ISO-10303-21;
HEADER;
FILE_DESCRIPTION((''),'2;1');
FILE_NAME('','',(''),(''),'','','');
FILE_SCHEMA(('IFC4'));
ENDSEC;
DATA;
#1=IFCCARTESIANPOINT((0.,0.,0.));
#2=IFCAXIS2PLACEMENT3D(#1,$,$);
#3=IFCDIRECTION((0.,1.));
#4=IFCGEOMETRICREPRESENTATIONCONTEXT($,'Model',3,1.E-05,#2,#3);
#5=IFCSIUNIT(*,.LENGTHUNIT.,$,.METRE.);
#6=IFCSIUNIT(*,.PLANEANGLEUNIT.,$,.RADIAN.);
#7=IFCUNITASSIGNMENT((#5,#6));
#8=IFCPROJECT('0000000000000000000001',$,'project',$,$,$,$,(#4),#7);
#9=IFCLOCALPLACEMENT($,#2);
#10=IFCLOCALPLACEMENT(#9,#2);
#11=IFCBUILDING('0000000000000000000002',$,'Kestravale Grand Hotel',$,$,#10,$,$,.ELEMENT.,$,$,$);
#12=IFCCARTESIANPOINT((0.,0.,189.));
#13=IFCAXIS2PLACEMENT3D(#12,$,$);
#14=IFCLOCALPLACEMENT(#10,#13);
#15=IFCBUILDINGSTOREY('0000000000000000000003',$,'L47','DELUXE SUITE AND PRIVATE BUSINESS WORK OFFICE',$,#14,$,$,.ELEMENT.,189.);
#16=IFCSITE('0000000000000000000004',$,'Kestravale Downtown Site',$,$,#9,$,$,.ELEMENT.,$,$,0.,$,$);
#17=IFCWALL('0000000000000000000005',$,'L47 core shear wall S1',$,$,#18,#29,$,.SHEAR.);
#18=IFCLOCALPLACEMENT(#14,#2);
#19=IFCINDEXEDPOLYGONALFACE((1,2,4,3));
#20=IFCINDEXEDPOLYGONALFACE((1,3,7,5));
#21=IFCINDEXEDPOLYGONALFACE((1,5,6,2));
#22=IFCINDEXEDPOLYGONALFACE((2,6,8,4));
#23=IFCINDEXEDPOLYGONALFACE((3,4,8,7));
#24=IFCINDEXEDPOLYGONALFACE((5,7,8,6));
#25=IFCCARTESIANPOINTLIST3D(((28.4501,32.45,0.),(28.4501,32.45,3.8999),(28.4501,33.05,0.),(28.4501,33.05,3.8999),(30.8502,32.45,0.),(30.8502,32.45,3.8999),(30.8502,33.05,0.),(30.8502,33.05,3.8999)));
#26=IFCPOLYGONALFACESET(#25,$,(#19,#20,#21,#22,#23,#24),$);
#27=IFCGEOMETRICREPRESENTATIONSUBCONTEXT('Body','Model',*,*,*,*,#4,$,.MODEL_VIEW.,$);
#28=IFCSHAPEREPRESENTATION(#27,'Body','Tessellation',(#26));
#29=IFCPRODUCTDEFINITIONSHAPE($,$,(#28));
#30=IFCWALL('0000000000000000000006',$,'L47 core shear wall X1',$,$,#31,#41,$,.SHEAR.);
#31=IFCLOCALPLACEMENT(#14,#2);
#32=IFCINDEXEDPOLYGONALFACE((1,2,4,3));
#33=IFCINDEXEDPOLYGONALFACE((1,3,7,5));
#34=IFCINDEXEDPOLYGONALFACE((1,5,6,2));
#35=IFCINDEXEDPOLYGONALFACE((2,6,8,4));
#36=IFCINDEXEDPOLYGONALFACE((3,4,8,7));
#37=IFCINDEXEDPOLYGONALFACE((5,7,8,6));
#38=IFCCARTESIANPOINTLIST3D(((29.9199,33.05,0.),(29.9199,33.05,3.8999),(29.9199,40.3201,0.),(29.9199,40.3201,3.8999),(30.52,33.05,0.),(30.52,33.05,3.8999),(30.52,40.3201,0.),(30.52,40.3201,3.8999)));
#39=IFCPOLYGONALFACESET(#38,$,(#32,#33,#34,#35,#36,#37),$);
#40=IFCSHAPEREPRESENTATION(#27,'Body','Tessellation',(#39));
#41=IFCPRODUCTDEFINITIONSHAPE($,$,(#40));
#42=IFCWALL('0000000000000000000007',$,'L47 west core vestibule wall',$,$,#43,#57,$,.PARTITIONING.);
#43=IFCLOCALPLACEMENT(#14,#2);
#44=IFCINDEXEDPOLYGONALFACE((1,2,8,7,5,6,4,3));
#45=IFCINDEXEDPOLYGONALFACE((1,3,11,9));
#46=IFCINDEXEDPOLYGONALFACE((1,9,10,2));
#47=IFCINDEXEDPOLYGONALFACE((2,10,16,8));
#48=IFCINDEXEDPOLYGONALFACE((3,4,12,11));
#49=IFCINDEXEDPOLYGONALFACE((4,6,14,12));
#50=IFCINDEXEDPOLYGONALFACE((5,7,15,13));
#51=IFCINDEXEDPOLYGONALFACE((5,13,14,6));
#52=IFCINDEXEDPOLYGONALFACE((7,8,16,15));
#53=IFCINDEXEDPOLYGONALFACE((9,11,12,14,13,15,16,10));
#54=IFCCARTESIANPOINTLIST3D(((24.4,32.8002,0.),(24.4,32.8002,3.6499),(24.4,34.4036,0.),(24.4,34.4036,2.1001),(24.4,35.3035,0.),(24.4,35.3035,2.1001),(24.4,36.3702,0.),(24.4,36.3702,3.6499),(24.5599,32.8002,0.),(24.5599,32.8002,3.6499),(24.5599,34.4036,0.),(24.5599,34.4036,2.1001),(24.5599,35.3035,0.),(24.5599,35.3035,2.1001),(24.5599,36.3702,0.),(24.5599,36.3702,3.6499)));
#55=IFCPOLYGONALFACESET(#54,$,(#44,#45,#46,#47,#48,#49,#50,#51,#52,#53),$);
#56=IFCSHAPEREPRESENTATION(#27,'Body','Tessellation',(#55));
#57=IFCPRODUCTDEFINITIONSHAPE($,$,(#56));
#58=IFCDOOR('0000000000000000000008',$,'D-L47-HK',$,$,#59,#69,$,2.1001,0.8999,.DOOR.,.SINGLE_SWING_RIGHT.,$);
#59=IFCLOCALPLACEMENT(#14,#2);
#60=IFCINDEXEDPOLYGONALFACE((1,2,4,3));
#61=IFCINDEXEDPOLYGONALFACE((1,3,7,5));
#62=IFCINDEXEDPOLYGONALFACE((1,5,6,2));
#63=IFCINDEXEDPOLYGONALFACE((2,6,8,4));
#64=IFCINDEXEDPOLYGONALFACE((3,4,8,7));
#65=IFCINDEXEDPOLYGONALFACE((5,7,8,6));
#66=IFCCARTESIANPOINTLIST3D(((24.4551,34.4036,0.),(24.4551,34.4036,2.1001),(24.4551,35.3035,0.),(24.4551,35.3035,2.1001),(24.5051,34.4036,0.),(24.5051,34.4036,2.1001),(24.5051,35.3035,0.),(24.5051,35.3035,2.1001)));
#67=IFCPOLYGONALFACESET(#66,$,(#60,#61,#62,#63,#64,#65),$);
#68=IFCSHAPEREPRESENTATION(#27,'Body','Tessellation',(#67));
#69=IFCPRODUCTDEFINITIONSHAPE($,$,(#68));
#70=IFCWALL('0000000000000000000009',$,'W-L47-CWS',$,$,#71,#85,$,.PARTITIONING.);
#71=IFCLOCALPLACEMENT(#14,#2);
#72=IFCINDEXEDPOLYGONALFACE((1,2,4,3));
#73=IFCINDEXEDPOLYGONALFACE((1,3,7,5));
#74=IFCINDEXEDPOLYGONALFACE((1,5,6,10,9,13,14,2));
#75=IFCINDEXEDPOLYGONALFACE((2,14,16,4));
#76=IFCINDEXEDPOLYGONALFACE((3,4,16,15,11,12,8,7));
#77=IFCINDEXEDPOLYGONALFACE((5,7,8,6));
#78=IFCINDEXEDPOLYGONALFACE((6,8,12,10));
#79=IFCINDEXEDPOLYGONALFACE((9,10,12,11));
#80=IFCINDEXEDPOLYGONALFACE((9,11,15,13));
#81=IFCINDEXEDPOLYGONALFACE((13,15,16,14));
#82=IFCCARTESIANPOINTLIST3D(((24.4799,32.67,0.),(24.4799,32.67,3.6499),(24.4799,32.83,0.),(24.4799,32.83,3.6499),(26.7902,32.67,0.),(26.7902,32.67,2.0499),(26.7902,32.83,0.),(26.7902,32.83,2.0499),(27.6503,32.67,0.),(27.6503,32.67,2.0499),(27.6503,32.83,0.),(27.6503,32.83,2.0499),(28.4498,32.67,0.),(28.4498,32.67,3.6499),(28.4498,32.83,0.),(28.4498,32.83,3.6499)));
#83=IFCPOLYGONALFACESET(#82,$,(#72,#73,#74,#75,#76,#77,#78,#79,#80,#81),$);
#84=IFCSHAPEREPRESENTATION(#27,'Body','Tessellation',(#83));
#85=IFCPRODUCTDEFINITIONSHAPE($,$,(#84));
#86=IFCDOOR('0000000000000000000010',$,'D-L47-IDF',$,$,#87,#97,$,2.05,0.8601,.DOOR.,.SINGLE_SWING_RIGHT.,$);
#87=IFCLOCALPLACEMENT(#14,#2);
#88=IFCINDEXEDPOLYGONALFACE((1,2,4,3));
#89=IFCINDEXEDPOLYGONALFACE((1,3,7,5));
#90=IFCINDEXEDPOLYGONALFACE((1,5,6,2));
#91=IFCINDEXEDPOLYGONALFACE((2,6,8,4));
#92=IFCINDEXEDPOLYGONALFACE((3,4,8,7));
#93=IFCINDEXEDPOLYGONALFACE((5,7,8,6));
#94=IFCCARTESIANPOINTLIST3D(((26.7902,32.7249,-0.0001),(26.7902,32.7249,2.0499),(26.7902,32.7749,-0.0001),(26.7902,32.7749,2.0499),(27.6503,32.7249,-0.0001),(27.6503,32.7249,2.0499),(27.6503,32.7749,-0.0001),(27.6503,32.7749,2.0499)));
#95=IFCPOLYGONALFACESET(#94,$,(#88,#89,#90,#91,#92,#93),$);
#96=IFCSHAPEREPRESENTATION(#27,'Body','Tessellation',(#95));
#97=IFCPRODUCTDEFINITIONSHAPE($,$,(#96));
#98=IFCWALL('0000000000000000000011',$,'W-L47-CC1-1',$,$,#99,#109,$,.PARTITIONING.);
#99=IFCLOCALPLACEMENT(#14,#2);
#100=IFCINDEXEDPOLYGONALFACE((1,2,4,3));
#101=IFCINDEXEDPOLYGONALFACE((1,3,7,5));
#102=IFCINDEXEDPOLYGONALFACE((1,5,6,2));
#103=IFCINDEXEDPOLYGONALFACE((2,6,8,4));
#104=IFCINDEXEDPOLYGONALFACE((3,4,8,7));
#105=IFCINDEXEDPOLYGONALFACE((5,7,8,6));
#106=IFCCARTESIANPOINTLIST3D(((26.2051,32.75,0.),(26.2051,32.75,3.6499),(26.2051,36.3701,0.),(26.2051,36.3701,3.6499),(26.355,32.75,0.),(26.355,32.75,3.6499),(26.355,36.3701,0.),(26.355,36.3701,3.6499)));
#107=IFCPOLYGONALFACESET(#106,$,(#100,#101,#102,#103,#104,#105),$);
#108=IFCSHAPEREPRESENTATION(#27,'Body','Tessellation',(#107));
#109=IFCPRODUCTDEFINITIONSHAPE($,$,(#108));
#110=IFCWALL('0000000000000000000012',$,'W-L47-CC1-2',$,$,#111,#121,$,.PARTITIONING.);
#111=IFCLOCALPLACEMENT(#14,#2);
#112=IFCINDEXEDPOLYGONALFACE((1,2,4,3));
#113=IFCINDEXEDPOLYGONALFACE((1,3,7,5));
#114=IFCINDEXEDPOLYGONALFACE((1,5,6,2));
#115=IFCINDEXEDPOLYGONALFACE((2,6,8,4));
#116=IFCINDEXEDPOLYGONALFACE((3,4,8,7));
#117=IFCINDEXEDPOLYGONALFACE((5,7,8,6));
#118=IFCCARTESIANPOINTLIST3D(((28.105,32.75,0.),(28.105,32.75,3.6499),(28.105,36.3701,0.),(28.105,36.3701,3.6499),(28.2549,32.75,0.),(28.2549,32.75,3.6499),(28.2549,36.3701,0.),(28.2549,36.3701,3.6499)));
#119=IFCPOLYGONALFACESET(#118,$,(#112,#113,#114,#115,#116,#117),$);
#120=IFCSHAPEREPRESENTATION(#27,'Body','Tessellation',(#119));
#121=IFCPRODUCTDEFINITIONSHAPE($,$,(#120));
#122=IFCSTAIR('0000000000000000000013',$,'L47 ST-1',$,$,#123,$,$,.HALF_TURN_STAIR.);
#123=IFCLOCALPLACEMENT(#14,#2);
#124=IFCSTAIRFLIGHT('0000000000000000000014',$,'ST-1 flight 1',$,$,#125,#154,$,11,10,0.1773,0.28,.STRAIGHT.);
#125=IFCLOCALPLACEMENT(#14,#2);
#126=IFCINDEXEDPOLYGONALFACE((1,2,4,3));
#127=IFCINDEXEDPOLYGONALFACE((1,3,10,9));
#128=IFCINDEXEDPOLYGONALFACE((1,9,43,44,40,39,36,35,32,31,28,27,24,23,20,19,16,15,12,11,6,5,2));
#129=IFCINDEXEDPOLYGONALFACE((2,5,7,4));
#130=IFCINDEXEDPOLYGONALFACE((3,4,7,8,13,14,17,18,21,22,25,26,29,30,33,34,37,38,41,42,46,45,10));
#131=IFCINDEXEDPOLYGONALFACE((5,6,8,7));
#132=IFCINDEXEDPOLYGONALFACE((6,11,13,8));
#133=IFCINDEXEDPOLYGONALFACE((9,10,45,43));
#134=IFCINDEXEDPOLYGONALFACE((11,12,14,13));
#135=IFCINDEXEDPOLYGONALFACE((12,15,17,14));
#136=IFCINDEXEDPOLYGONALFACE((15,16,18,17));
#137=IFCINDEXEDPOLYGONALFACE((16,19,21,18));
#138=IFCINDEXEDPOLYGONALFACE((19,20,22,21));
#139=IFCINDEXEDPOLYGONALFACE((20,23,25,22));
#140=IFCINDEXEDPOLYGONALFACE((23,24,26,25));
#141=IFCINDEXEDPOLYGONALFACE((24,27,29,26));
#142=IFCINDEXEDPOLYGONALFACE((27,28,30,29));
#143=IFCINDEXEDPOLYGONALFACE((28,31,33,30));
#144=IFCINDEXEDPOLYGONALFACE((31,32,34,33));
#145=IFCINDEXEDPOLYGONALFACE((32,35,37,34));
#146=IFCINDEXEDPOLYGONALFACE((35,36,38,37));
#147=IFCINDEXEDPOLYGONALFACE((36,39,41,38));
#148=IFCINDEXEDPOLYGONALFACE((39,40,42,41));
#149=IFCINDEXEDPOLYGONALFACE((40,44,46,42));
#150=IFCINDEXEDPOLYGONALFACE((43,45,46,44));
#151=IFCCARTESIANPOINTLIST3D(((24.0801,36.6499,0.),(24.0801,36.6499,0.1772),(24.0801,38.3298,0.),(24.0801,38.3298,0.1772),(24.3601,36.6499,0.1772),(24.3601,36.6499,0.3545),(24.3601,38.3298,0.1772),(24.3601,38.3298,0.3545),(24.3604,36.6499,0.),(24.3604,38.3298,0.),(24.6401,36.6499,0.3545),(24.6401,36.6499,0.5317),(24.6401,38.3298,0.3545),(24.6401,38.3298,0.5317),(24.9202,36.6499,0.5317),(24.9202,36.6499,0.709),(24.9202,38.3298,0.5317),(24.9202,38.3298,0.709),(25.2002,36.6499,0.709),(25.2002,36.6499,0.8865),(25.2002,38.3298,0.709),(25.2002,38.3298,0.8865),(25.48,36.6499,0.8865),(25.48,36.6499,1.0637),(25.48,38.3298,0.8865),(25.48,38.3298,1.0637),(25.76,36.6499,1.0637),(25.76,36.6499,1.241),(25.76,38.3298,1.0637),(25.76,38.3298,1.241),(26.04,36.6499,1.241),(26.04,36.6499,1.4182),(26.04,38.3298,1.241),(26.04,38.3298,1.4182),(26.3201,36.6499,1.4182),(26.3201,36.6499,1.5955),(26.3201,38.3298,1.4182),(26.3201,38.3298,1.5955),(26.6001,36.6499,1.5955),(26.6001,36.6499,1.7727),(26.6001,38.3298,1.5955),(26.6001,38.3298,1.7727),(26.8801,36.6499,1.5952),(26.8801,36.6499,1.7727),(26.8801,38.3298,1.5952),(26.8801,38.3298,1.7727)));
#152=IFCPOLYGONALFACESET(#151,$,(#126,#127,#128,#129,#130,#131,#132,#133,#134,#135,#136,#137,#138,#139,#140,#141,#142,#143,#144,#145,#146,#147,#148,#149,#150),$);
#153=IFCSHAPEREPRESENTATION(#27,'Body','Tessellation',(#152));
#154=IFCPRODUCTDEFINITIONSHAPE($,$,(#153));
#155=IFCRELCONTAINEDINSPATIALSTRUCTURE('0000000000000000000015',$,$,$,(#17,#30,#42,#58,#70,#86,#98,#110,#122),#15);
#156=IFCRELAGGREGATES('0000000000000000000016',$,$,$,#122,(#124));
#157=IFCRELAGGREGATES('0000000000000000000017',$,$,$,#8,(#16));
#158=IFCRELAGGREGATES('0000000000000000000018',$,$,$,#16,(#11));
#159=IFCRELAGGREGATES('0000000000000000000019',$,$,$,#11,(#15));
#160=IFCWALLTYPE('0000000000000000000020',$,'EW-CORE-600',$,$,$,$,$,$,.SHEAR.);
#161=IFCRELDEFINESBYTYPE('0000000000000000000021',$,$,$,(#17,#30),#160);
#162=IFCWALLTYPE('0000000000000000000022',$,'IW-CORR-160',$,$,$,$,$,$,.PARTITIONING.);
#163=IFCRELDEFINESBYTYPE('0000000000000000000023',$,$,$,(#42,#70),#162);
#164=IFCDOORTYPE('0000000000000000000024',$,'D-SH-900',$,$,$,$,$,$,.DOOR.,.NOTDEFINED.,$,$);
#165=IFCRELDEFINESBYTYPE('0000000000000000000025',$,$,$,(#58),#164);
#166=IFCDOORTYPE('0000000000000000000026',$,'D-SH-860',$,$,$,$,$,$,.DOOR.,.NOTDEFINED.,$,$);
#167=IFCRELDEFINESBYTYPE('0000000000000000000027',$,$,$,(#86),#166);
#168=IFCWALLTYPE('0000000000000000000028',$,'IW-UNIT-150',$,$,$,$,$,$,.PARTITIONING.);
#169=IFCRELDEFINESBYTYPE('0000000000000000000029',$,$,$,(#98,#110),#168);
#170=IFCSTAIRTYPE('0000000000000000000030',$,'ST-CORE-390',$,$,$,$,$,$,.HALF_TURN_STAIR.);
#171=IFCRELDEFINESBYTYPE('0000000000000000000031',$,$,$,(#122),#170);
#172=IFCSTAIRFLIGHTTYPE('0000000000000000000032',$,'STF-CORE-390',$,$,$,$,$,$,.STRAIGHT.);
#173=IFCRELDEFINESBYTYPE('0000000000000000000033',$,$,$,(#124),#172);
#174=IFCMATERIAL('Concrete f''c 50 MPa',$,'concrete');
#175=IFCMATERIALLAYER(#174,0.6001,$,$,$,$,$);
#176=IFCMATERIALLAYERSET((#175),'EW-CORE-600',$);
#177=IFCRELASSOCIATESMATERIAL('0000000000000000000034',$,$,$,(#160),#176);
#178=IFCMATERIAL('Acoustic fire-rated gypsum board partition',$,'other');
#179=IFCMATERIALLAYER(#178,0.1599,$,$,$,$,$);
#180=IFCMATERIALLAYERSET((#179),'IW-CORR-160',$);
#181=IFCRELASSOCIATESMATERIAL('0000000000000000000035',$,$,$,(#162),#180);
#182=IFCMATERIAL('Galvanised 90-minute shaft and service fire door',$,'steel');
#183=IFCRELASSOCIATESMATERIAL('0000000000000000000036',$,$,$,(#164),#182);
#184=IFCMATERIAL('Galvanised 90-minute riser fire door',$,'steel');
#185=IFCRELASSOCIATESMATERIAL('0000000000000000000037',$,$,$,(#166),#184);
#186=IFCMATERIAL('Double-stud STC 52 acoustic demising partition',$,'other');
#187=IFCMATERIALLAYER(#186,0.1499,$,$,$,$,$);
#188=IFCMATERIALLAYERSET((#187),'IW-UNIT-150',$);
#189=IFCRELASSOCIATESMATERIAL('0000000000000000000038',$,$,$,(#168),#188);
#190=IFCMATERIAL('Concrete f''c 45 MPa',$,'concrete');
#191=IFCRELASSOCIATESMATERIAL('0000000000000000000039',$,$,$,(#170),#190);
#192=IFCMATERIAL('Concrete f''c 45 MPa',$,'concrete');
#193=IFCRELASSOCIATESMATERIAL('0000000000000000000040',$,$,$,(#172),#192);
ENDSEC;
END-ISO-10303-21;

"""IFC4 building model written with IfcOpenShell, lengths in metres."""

from ifc_helpers import new_model, si_unit, direction, frame, frame_2d, origin, place, context, subcontext, project, spatial, polyline, rectangle, outline, extrude, material, layer, layer_set, type_object, element, fill, aggregate, save


model = new_model("IFC4")

# Units and contexts
model_context = context("Model", 3, precision=1e-05, world=origin(), true_north=direction((0.0, 1.0)))
body_context = subcontext(model_context, "Body", "Model", "MODEL_VIEW")
ifc_project = project(units=[si_unit("LENGTHUNIT", "METRE"), si_unit("PLANEANGLEUNIT", "RADIAN")], contexts=[model_context])

# Site, building, storey
site_placement = place(None, origin())
site = spatial("IfcSite", under=ifc_project, at=site_placement, Name="Kestravale Downtown Site", CompositionType="ELEMENT", RefElevation=0.0)
building_placement = place(site_placement, origin())
building = spatial("IfcBuilding", under=site, at=building_placement, Name="Kestravale Grand Hotel", CompositionType="ELEMENT")
storey_placement = place(building_placement, frame((0.0, 0.0, 189.0)))
storey = spatial("IfcBuildingStorey", under=building, at=storey_placement, Name="L47", Description="DELUXE SUITE AND PRIVATE BUSINESS WORK OFFICE", CompositionType="ELEMENT", Elevation=189.0)

# Walls
ifc_material_1 = material(Name="Concrete f'c 50 MPa", Category="concrete")
ifc_layer_1 = layer(ifc_material_1, 0.6001)
ifc_layer_set_1 = layer_set([ifc_layer_1], Name="EW-CORE-600")
wall_type_1 = type_object("IfcWallType", Name="EW-CORE-600", PredefinedType="SHEAR", material=ifc_layer_set_1)
wall_1_placement = place(storey_placement, frame((28.45, 32.75, 0.0), z_axis=(0.0, 0.0, 1.0), x_axis=(1.0, 0.0, 0.0)))
element("IfcWall", 1, at=wall_1_placement, inside=storey, type_object=wall_type_1, Name="L47 core shear wall S1", PredefinedType="SHEAR", context=body_context, shape_type="SweptSolid", body=[
    extrude(rectangle(XDim=2.4001, YDim=0.6001, at=frame_2d((1.2002, 0.0))), origin(), (0.0, 0.0, 1.0), 3.8999),
])
wall_2_placement = place(storey_placement, frame((30.22, 33.05, 0.0), z_axis=(0.0, 0.0, 1.0), x_axis=(0.0, 1.0, 0.0)))
element("IfcWall", 2, at=wall_2_placement, inside=storey, type_object=wall_type_1, Name="L47 core shear wall X1", PredefinedType="SHEAR", context=body_context, shape_type="SweptSolid", body=[
    extrude(rectangle(XDim=7.27, YDim=0.6001, at=frame_2d((3.635, 0.0))), origin(), (0.0, 0.0, 1.0), 3.8999),
])

# Walls, openings, doors
ifc_material_2 = material(Name="Acoustic fire-rated gypsum board partition", Category="other")
ifc_layer_2 = layer(ifc_material_2, 0.1599)
ifc_layer_set_2 = layer_set([ifc_layer_2], Name="IW-CORR-160")
wall_type_2 = type_object("IfcWallType", Name="IW-CORR-160", PredefinedType="PARTITIONING", material=ifc_layer_set_2)
wall_3_placement = place(storey_placement, frame((24.48, 32.8, 0.0), z_axis=(0.0, 0.0, 1.0), x_axis=(0.0, 1.0, 0.0)))
wall_3 = element("IfcWall", 3, at=wall_3_placement, inside=storey, type_object=wall_type_2, Name="L47 west core vestibule wall", PredefinedType="PARTITIONING", context=body_context, shape_type="SweptSolid", body=[
    extrude(rectangle(XDim=3.5701, YDim=0.1599, at=frame_2d((1.7852, 0.0))), origin(), (0.0, 0.0, 1.0), 3.6499),
])
opening_1_placement = place(wall_3_placement, frame((1.6035, 0.0, 0.0)))
opening_1 = element("IfcOpeningElement", 4, at=opening_1_placement, cuts=wall_3, PredefinedType="OPENING", context=body_context, shape_type="SweptSolid", body=[
    extrude(rectangle(XDim=0.8999, YDim=2.1001, at=frame_2d((0.45, 1.05))), frame((0.0, 0.0898, 0.0), z_axis=(0.0, -1.0, 0.0), x_axis=(1.0, 0.0, 0.0)), (0.0, 0.0, 1.0), 0.1799),
])
ifc_material_3 = material(Name="Galvanised 90-minute shaft and service fire door", Category="steel")
door_type_1 = type_object("IfcDoorType", Name="D-SH-900", OperationType="NOTDEFINED", PredefinedType="DOOR", material=ifc_material_3)
door_1_placement = place(opening_1_placement, origin())
door_1 = element("IfcDoor", 5, at=door_1_placement, inside=storey, type_object=door_type_1, Name="D-L47-HK", OperationType="SINGLE_SWING_RIGHT", OverallHeight=2.1001, OverallWidth=0.8999, PredefinedType="DOOR", context=body_context, shape_type="SweptSolid", body=[
    extrude(rectangle(XDim=0.8999, YDim=2.1001, at=frame_2d((0.45, 1.05))), frame((0.0, 0.0249, 0.0), z_axis=(0.0, -1.0, 0.0), x_axis=(1.0, 0.0, 0.0)), (0.0, 0.0, 1.0), 0.05),
])
fill(opening_1, door_1)
wall_4_placement = place(storey_placement, frame((24.48, 32.75, 0.0), z_axis=(0.0, 0.0, 1.0), x_axis=(1.0, 0.0, 0.0)))
wall_4 = element("IfcWall", 6, at=wall_4_placement, inside=storey, type_object=wall_type_2, Name="W-L47-CWS", PredefinedType="PARTITIONING", context=body_context, shape_type="SweptSolid", body=[
    extrude(rectangle(XDim=3.97, YDim=0.1599, at=frame_2d((1.9849, 0.0))), origin(), (0.0, 0.0, 1.0), 3.6499),
])
opening_2_placement = place(wall_4_placement, frame((2.3101, 0.0, 0.0)))
opening_2 = element("IfcOpeningElement", 7, at=opening_2_placement, cuts=wall_4, PredefinedType="OPENING", context=body_context, shape_type="SweptSolid", body=[
    extrude(rectangle(XDim=0.8601, YDim=2.05, at=frame_2d((0.4302, 1.0249))), frame((0.0, 0.0898, 0.0), z_axis=(0.0, -1.0, 0.0), x_axis=(1.0, 0.0, 0.0)), (0.0, 0.0, 1.0), 0.1799),
])
ifc_material_4 = material(Name="Galvanised 90-minute riser fire door", Category="steel")
door_type_2 = type_object("IfcDoorType", Name="D-SH-860", OperationType="NOTDEFINED", PredefinedType="DOOR", material=ifc_material_4)
door_2_placement = place(opening_2_placement, origin())
door_2 = element("IfcDoor", 8, at=door_2_placement, inside=storey, type_object=door_type_2, Name="D-L47-IDF", OperationType="SINGLE_SWING_RIGHT", OverallHeight=2.05, OverallWidth=0.8601, PredefinedType="DOOR", context=body_context, shape_type="SweptSolid", body=[
    extrude(rectangle(XDim=0.8601, YDim=2.05, at=frame_2d((0.4302, 1.0249))), frame((0.0, 0.0249, 0.0), z_axis=(0.0, -1.0, 0.0), x_axis=(1.0, 0.0, 0.0)), (0.0, 0.0, 1.0), 0.05),
])
fill(opening_2, door_2)

# Walls
ifc_material_5 = material(Name="Double-stud STC 52 acoustic demising partition", Category="other")
ifc_layer_3 = layer(ifc_material_5, 0.1499)
ifc_layer_set_3 = layer_set([ifc_layer_3], Name="IW-UNIT-150")
wall_type_3 = type_object("IfcWallType", Name="IW-UNIT-150", PredefinedType="PARTITIONING", material=ifc_layer_set_3)
for number, where, z_axis, x_axis, name in (
    (9, (26.28, 32.75, 0.0), (0.0, 0.0, 1.0), (0.0, 1.0, 0.0), "W-L47-CC1-1"),
    (10, (28.1799, 32.75, 0.0), (0.0, 0.0, 1.0), (0.0, 1.0, 0.0), "W-L47-CC1-2"),
):
    element("IfcWall", number, at=place(storey_placement, frame(where, z_axis=z_axis, x_axis=x_axis)), inside=storey, type_object=wall_type_3, Name=name, PredefinedType="PARTITIONING", context=body_context, shape_type="SweptSolid", body=[
        extrude(rectangle(XDim=3.6201, YDim=0.1499, at=frame_2d((1.8101, 0.0))), origin(), (0.0, 0.0, 1.0), 3.6499),
    ])

# Stair, stair flight
ifc_material_6 = material(Name="Concrete f'c 45 MPa", Category="concrete")
stair_type = type_object("IfcStairType", Name="ST-CORE-390", PredefinedType="HALF_TURN_STAIR", material=ifc_material_6)
stair_placement = place(storey_placement, origin())
stair = element("IfcStair", 11, at=stair_placement, inside=storey, type_object=stair_type, Name="L47 ST-1", PredefinedType="HALF_TURN_STAIR")
ifc_material_7 = material(Name="Concrete f'c 45 MPa", Category="concrete")
stair_flight_type = type_object("IfcStairFlightType", Name="STF-CORE-390", PredefinedType="STRAIGHT", material=ifc_material_7)
stair_flight_1_placement = place(storey_placement, frame((24.0801, 37.49, 0.0), z_axis=(0.0, 0.0, 1.0), x_axis=(1.0, 0.0, 0.0)))
stair_flight_1 = element("IfcStairFlight", 12, at=stair_flight_1_placement, type_object=stair_flight_type, Name="ST-1 flight 1", NumberOfRisers=11, NumberOfTreads=10, PredefinedType="STRAIGHT", RiserHeight=0.1773, TreadLength=0.28, context=body_context, shape_type="SweptSolid", body=[
    extrude(outline(polyline([(0.0, 0.0), (0.0, 0.1772), (0.28, 0.1772), (0.28, 0.3545), (0.5601, 0.3545), (0.5601, 0.5317), (0.8401, 0.5317), (0.8401, 0.709), (1.1201, 0.709), (1.1201, 0.8865), (1.3999, 0.8865), (1.3999, 1.0637), (1.6799, 1.0637), (1.6799, 1.241), (1.96, 1.241), (1.96, 1.4182), (2.24, 1.4182), (2.24, 1.5955), (2.52, 1.5955), (2.52, 1.7727), (2.8, 1.7727), (2.8, 1.95), (2.8, 1.5952), (0.2803, 0.0), (0.0, 0.0)])), frame((0.0, 0.8398, 0.0), z_axis=(0.0, -1.0, 0.0), x_axis=(1.0, 0.0, 0.0)), (0.0, 0.0, 1.0), 1.6799),
])
aggregate(stair, [stair_flight_1])

save(model, "model.ifc")
